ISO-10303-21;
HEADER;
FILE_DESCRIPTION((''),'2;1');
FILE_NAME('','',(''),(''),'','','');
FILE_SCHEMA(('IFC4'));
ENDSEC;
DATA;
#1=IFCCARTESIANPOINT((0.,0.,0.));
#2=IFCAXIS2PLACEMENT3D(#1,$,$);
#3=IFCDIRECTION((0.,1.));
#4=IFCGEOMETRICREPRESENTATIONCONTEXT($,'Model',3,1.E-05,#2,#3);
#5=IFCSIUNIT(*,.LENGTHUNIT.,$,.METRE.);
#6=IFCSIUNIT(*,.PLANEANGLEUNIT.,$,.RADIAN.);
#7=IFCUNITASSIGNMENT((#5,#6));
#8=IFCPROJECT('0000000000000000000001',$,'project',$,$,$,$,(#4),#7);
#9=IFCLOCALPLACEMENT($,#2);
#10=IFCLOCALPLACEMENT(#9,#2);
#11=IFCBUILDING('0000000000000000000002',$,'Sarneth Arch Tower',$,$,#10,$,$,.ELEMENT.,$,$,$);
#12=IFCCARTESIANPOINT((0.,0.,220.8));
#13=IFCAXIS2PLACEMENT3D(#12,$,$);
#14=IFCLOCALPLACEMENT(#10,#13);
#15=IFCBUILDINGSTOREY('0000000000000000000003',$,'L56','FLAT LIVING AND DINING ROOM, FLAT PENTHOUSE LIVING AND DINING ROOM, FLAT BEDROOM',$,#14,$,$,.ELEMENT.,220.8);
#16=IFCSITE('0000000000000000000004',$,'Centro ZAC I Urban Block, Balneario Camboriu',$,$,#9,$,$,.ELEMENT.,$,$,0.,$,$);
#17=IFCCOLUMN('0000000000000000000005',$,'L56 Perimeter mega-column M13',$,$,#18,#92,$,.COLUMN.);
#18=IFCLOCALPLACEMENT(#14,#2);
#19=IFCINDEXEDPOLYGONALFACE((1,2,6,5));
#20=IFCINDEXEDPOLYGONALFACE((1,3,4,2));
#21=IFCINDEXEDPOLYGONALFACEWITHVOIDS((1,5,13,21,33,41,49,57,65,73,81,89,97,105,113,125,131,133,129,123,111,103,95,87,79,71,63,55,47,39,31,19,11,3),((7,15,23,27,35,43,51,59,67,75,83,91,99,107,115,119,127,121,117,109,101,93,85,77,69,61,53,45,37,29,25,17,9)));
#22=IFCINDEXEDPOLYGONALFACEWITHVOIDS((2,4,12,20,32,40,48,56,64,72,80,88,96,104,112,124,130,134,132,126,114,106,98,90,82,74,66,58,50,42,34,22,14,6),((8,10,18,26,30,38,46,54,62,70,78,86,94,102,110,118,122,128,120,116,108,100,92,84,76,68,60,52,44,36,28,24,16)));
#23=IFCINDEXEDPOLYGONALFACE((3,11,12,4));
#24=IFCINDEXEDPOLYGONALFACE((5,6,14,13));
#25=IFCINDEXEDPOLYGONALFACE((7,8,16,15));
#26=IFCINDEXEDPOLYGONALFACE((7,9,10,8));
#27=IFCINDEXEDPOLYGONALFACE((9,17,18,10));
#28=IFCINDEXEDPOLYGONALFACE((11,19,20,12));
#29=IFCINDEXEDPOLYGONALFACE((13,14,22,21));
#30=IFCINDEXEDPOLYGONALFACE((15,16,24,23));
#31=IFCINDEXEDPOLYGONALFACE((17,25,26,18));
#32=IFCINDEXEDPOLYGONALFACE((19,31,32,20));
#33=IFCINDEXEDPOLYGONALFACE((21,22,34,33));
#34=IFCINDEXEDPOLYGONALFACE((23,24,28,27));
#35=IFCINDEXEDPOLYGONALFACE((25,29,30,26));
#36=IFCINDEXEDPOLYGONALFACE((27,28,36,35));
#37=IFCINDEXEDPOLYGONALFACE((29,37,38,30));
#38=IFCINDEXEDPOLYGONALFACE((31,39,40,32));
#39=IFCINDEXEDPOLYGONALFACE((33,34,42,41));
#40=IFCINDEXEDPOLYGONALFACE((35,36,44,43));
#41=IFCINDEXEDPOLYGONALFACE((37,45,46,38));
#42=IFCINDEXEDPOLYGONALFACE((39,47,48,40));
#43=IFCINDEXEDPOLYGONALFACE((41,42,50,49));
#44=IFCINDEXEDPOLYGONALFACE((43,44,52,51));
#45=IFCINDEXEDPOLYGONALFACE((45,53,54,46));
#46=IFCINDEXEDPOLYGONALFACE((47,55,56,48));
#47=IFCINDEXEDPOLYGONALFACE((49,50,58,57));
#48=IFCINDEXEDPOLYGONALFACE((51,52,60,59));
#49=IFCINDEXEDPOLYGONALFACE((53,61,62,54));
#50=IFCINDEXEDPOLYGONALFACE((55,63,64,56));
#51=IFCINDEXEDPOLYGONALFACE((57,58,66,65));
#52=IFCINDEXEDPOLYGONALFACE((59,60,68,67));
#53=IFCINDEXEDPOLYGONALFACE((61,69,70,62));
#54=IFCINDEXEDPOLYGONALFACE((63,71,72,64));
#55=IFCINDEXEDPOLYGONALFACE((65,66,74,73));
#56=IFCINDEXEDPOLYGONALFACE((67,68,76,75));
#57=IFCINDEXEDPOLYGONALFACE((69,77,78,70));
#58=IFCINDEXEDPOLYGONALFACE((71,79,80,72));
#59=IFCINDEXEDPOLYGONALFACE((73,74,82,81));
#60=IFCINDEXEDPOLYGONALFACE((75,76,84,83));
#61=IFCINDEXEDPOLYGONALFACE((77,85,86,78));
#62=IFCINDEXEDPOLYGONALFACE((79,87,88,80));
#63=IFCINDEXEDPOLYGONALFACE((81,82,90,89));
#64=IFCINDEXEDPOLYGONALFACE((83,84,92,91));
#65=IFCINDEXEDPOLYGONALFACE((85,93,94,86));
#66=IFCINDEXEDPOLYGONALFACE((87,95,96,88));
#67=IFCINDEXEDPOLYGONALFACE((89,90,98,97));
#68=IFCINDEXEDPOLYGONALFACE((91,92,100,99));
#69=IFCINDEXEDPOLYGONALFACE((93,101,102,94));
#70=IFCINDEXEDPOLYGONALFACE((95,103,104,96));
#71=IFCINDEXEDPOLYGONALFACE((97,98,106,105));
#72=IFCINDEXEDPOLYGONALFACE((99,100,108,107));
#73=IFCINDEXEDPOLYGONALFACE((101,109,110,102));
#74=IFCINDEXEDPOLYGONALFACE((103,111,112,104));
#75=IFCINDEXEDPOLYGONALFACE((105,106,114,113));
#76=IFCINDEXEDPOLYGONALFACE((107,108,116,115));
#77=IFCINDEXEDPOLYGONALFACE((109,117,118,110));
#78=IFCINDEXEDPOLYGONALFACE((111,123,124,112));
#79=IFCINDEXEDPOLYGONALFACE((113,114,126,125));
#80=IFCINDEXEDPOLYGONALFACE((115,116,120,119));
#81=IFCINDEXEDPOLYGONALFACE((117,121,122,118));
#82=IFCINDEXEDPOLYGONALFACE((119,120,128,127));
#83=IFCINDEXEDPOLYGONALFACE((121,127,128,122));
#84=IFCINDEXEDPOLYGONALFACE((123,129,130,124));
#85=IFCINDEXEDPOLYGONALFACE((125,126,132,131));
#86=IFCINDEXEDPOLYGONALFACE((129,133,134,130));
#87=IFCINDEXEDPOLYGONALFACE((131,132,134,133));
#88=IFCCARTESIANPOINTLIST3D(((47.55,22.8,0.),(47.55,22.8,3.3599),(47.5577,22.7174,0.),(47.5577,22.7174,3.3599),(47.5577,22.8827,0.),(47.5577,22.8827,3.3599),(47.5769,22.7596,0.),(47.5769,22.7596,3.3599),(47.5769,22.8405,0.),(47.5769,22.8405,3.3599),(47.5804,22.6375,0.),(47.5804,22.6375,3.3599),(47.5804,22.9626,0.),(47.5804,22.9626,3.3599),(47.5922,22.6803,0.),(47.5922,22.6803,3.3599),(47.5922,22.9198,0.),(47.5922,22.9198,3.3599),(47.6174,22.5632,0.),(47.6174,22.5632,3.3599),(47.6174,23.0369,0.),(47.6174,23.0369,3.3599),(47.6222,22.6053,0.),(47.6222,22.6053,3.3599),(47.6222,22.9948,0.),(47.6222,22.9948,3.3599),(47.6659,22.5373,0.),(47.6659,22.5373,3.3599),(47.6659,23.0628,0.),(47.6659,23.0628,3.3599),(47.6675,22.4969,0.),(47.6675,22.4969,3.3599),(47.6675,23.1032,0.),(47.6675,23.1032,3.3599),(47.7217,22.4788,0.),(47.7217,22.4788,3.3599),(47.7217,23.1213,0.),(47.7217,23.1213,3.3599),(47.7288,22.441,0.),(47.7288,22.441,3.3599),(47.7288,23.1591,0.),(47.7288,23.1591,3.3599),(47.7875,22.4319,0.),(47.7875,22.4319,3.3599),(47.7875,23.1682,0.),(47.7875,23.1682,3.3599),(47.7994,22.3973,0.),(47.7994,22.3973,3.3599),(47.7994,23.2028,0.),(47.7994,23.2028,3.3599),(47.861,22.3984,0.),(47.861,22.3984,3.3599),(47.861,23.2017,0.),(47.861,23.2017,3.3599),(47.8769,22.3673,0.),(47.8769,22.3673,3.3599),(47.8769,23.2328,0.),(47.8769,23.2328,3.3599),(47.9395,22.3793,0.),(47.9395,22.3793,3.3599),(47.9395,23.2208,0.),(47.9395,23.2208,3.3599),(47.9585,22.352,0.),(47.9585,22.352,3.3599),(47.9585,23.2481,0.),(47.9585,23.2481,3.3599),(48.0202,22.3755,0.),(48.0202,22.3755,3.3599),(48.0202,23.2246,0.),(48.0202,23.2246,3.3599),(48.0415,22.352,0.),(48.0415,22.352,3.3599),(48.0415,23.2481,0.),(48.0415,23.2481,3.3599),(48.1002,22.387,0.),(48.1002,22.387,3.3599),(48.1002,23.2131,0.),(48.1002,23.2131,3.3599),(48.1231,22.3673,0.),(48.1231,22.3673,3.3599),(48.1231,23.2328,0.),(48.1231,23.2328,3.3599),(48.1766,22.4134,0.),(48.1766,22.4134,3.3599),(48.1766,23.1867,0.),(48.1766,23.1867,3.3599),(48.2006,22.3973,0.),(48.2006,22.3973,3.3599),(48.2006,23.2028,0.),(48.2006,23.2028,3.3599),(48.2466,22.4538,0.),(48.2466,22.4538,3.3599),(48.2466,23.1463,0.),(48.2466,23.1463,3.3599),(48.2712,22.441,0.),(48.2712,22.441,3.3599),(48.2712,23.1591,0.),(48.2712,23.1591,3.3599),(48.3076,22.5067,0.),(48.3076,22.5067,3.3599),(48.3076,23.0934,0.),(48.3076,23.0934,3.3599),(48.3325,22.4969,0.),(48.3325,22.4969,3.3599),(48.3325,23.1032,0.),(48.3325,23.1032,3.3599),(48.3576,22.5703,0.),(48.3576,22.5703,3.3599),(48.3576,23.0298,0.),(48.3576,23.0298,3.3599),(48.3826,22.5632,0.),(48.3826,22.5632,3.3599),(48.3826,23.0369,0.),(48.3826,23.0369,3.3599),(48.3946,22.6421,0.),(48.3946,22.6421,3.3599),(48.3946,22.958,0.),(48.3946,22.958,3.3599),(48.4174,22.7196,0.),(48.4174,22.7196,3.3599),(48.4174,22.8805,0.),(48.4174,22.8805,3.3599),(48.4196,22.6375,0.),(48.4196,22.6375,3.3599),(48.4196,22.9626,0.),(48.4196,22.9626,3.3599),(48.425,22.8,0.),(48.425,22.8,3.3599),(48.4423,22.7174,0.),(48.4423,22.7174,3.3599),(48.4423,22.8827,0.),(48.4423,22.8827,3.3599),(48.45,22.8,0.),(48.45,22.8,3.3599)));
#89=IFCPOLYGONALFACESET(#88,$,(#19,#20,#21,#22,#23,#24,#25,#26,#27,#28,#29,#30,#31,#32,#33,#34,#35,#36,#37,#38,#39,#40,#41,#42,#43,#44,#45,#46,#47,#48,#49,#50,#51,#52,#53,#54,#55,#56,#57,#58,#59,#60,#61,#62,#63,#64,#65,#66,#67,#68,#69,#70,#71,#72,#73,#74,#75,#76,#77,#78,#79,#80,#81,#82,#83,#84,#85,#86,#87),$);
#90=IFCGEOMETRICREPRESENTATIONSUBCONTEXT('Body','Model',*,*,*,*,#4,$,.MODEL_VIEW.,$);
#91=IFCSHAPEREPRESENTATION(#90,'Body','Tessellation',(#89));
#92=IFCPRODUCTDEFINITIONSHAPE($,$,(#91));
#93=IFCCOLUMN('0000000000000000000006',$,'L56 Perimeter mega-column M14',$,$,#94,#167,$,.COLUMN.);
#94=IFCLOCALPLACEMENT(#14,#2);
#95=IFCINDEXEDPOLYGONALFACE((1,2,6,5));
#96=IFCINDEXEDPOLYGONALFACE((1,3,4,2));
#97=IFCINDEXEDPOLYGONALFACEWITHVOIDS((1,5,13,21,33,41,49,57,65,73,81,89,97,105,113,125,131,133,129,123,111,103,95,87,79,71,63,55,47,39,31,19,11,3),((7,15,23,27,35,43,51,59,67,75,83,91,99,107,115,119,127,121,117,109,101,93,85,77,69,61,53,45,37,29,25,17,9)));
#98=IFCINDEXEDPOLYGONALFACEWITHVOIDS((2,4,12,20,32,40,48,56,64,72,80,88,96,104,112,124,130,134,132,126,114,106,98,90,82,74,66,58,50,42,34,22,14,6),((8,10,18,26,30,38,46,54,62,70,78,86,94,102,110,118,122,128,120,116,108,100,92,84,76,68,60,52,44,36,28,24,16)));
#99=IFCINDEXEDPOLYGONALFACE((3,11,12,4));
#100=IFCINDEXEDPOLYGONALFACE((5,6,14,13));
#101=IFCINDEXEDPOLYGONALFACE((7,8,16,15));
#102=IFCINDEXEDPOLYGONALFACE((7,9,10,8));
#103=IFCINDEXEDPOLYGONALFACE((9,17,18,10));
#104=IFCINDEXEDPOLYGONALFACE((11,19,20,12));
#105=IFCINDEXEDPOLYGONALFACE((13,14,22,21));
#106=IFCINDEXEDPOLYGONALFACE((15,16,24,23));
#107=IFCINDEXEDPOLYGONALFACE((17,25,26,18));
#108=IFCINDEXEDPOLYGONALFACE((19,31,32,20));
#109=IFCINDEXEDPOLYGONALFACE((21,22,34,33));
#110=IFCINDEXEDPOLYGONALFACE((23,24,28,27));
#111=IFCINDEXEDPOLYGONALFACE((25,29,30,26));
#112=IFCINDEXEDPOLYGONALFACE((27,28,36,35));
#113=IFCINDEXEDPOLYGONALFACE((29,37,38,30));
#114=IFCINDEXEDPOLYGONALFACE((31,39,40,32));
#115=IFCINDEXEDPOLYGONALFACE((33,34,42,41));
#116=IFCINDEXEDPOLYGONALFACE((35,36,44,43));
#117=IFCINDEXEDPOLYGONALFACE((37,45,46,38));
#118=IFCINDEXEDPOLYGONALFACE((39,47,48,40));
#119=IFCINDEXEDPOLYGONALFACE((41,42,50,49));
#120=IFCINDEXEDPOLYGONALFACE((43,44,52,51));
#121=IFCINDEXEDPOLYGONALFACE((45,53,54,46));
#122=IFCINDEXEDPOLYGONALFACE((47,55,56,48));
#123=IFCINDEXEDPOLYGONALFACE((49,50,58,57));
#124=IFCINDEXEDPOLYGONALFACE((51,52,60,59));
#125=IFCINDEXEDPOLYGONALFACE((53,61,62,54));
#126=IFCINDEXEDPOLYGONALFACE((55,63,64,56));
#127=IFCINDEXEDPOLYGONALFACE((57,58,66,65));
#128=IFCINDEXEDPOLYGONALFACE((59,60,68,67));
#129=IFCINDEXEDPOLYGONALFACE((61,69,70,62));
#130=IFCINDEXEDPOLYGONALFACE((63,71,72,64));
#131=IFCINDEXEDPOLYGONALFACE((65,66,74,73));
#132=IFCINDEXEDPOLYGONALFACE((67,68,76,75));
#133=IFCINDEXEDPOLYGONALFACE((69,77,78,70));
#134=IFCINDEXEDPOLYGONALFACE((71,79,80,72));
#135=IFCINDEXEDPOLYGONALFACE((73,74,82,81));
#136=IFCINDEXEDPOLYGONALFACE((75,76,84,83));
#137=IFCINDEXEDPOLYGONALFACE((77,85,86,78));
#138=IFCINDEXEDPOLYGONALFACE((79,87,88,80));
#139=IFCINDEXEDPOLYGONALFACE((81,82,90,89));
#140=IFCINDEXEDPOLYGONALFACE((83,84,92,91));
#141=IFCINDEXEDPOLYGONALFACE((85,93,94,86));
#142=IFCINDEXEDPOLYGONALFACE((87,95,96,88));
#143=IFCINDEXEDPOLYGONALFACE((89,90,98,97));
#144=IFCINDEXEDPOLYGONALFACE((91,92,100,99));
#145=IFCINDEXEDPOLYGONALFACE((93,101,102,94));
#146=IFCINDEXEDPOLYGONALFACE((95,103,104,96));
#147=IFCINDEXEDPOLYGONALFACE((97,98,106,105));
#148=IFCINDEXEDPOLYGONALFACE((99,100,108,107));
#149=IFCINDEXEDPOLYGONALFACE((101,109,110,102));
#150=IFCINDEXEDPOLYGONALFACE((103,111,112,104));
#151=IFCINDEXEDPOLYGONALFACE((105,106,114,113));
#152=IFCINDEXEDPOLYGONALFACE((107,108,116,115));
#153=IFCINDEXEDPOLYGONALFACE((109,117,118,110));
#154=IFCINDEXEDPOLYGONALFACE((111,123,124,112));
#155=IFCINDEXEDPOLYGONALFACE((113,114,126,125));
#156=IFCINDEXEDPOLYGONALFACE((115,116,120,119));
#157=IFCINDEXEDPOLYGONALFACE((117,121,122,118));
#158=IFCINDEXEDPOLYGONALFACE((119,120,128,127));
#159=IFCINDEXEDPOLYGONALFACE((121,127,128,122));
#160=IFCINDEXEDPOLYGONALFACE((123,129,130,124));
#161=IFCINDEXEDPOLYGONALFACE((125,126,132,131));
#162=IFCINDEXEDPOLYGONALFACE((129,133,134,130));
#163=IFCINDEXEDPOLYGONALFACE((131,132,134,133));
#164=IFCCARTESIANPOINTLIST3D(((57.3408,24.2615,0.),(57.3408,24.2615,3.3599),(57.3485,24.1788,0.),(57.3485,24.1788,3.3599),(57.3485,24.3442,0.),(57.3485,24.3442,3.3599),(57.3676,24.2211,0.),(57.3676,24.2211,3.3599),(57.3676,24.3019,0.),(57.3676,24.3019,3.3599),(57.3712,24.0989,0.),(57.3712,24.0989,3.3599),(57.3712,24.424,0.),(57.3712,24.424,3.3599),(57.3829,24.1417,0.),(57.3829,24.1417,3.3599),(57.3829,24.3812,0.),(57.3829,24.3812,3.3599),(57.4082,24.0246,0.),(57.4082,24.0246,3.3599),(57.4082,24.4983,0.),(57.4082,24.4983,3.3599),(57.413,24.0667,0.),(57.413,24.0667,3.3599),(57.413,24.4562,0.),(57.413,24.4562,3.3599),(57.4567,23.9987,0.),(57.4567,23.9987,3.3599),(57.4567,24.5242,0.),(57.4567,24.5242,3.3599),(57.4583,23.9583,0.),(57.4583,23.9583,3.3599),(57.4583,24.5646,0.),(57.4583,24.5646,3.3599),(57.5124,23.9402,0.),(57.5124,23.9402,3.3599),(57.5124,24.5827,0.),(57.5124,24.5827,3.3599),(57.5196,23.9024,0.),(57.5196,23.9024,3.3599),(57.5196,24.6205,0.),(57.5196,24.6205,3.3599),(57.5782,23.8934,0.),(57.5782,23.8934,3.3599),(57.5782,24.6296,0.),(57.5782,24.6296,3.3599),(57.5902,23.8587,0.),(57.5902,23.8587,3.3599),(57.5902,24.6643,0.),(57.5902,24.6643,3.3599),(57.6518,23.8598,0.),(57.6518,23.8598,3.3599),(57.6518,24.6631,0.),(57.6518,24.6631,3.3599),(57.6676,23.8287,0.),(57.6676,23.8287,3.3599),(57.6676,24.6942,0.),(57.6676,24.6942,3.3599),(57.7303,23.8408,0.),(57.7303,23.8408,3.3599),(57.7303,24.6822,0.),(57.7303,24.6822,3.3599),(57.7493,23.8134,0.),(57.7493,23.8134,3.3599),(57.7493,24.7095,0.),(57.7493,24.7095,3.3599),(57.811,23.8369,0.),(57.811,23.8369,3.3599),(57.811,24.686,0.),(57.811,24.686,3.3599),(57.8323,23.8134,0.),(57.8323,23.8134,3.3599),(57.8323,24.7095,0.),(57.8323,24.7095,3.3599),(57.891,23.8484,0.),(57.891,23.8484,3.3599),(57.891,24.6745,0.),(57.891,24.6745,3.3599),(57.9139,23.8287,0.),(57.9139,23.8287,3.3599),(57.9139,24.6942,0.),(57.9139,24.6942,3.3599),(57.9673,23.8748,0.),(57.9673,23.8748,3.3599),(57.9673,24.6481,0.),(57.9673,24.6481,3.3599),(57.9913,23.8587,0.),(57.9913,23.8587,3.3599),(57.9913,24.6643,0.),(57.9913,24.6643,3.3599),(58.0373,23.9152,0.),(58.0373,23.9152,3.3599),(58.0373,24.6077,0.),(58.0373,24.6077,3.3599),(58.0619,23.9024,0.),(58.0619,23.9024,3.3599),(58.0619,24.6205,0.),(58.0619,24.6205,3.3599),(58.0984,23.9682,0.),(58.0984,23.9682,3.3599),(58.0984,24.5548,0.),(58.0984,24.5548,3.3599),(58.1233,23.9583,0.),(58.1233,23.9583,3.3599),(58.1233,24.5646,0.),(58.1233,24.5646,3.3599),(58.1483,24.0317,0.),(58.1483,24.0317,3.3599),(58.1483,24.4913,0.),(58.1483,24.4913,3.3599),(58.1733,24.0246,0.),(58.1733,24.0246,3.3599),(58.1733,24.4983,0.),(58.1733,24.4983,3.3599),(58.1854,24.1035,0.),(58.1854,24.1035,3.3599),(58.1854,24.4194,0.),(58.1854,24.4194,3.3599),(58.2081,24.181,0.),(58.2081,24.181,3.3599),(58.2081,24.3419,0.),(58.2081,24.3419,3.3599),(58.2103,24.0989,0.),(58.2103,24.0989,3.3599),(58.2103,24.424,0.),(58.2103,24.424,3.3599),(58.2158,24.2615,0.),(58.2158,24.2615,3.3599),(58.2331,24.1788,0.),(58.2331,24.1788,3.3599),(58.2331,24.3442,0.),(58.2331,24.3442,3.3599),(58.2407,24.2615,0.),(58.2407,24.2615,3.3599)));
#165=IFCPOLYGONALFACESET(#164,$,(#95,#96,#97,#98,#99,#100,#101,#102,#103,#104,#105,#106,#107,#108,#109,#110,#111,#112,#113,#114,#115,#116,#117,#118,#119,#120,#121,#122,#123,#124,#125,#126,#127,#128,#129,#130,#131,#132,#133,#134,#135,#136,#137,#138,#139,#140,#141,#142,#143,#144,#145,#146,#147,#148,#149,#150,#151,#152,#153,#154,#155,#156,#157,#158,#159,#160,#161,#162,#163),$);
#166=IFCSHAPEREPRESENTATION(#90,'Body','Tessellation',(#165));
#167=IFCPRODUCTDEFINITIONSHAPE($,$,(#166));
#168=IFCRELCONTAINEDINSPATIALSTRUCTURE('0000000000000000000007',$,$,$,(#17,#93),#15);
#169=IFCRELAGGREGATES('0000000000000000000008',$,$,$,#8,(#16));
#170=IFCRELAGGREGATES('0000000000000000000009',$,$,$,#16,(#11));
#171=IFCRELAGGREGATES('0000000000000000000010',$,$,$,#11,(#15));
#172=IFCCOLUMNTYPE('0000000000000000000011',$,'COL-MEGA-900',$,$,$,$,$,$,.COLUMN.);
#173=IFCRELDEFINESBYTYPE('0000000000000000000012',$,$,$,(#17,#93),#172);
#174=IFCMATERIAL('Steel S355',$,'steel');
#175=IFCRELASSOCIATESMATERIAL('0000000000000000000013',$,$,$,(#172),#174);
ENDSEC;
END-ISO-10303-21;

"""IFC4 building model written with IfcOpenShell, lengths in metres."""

from ifc_helpers import new_model, si_unit, direction, frame, origin, origin_2d, place, context, subcontext, project, spatial, hollow_circle, extrude, material, material_profile, profile_set, type_object, element, save


model = new_model("IFC4")

# Units and contexts
model_context = context("Model", 3, precision=1e-05, world=origin(), true_north=direction((0.0, 1.0)))
body_context = subcontext(model_context, "Body", "Model", "MODEL_VIEW")
ifc_project = project(units=[si_unit("LENGTHUNIT", "METRE"), si_unit("PLANEANGLEUNIT", "RADIAN")], contexts=[model_context])

# Site, building, storey
site_placement = place(None, origin())
site = spatial("IfcSite", under=ifc_project, at=site_placement, Name="Centro ZAC I Urban Block, Balneario Camboriu", CompositionType="ELEMENT", RefElevation=0.0)
building_placement = place(site_placement, origin())
building = spatial("IfcBuilding", under=site, at=building_placement, Name="Sarneth Arch Tower", CompositionType="ELEMENT")
storey_placement = place(building_placement, frame((0.0, 0.0, 220.8)))
storey = spatial("IfcBuildingStorey", under=building, at=storey_placement, Name="L56", Description="FLAT LIVING AND DINING ROOM, FLAT PENTHOUSE LIVING AND DINING ROOM, FLAT BEDROOM", CompositionType="ELEMENT", Elevation=220.8)

# Columns
ifc_material_1 = material(Name="Steel S355", Category="steel")
ifc_material_profile_1 = material_profile(ifc_material_1, hollow_circle(Radius=0.45, WallThickness=0.0249, at=origin_2d()), Name="CHS900x25")
ifc_profile_set_1 = profile_set([ifc_material_profile_1], Name="Steel S355")
column_type = type_object("IfcColumnType", Name="COL-MEGA-900", PredefinedType="COLUMN", material=ifc_profile_set_1)
for number, where, z_axis, x_axis, name in (
    (1, (48.0, 22.8, 0.0), (0.0, 0.0, 1.0), (1.0, 0.0, 0.0), "L56 Perimeter mega-column M13"),
    (2, (57.7908, 24.2615, 0.0), (0.0, 0.0, 1.0), (1.0, 0.0, 0.0), "L56 Perimeter mega-column M14"),
):
    element("IfcColumn", number, at=place(storey_placement, frame(where, z_axis=z_axis, x_axis=x_axis)), inside=storey, type_object=column_type, Name=name, PredefinedType="COLUMN", context=body_context, shape_type="SweptSolid", body=[
        extrude(hollow_circle(Radius=0.45, WallThickness=0.0249, at=origin_2d()), origin(), (0.0, 0.0, 1.0), 3.3599),
    ])

save(model, "model.ifc")
